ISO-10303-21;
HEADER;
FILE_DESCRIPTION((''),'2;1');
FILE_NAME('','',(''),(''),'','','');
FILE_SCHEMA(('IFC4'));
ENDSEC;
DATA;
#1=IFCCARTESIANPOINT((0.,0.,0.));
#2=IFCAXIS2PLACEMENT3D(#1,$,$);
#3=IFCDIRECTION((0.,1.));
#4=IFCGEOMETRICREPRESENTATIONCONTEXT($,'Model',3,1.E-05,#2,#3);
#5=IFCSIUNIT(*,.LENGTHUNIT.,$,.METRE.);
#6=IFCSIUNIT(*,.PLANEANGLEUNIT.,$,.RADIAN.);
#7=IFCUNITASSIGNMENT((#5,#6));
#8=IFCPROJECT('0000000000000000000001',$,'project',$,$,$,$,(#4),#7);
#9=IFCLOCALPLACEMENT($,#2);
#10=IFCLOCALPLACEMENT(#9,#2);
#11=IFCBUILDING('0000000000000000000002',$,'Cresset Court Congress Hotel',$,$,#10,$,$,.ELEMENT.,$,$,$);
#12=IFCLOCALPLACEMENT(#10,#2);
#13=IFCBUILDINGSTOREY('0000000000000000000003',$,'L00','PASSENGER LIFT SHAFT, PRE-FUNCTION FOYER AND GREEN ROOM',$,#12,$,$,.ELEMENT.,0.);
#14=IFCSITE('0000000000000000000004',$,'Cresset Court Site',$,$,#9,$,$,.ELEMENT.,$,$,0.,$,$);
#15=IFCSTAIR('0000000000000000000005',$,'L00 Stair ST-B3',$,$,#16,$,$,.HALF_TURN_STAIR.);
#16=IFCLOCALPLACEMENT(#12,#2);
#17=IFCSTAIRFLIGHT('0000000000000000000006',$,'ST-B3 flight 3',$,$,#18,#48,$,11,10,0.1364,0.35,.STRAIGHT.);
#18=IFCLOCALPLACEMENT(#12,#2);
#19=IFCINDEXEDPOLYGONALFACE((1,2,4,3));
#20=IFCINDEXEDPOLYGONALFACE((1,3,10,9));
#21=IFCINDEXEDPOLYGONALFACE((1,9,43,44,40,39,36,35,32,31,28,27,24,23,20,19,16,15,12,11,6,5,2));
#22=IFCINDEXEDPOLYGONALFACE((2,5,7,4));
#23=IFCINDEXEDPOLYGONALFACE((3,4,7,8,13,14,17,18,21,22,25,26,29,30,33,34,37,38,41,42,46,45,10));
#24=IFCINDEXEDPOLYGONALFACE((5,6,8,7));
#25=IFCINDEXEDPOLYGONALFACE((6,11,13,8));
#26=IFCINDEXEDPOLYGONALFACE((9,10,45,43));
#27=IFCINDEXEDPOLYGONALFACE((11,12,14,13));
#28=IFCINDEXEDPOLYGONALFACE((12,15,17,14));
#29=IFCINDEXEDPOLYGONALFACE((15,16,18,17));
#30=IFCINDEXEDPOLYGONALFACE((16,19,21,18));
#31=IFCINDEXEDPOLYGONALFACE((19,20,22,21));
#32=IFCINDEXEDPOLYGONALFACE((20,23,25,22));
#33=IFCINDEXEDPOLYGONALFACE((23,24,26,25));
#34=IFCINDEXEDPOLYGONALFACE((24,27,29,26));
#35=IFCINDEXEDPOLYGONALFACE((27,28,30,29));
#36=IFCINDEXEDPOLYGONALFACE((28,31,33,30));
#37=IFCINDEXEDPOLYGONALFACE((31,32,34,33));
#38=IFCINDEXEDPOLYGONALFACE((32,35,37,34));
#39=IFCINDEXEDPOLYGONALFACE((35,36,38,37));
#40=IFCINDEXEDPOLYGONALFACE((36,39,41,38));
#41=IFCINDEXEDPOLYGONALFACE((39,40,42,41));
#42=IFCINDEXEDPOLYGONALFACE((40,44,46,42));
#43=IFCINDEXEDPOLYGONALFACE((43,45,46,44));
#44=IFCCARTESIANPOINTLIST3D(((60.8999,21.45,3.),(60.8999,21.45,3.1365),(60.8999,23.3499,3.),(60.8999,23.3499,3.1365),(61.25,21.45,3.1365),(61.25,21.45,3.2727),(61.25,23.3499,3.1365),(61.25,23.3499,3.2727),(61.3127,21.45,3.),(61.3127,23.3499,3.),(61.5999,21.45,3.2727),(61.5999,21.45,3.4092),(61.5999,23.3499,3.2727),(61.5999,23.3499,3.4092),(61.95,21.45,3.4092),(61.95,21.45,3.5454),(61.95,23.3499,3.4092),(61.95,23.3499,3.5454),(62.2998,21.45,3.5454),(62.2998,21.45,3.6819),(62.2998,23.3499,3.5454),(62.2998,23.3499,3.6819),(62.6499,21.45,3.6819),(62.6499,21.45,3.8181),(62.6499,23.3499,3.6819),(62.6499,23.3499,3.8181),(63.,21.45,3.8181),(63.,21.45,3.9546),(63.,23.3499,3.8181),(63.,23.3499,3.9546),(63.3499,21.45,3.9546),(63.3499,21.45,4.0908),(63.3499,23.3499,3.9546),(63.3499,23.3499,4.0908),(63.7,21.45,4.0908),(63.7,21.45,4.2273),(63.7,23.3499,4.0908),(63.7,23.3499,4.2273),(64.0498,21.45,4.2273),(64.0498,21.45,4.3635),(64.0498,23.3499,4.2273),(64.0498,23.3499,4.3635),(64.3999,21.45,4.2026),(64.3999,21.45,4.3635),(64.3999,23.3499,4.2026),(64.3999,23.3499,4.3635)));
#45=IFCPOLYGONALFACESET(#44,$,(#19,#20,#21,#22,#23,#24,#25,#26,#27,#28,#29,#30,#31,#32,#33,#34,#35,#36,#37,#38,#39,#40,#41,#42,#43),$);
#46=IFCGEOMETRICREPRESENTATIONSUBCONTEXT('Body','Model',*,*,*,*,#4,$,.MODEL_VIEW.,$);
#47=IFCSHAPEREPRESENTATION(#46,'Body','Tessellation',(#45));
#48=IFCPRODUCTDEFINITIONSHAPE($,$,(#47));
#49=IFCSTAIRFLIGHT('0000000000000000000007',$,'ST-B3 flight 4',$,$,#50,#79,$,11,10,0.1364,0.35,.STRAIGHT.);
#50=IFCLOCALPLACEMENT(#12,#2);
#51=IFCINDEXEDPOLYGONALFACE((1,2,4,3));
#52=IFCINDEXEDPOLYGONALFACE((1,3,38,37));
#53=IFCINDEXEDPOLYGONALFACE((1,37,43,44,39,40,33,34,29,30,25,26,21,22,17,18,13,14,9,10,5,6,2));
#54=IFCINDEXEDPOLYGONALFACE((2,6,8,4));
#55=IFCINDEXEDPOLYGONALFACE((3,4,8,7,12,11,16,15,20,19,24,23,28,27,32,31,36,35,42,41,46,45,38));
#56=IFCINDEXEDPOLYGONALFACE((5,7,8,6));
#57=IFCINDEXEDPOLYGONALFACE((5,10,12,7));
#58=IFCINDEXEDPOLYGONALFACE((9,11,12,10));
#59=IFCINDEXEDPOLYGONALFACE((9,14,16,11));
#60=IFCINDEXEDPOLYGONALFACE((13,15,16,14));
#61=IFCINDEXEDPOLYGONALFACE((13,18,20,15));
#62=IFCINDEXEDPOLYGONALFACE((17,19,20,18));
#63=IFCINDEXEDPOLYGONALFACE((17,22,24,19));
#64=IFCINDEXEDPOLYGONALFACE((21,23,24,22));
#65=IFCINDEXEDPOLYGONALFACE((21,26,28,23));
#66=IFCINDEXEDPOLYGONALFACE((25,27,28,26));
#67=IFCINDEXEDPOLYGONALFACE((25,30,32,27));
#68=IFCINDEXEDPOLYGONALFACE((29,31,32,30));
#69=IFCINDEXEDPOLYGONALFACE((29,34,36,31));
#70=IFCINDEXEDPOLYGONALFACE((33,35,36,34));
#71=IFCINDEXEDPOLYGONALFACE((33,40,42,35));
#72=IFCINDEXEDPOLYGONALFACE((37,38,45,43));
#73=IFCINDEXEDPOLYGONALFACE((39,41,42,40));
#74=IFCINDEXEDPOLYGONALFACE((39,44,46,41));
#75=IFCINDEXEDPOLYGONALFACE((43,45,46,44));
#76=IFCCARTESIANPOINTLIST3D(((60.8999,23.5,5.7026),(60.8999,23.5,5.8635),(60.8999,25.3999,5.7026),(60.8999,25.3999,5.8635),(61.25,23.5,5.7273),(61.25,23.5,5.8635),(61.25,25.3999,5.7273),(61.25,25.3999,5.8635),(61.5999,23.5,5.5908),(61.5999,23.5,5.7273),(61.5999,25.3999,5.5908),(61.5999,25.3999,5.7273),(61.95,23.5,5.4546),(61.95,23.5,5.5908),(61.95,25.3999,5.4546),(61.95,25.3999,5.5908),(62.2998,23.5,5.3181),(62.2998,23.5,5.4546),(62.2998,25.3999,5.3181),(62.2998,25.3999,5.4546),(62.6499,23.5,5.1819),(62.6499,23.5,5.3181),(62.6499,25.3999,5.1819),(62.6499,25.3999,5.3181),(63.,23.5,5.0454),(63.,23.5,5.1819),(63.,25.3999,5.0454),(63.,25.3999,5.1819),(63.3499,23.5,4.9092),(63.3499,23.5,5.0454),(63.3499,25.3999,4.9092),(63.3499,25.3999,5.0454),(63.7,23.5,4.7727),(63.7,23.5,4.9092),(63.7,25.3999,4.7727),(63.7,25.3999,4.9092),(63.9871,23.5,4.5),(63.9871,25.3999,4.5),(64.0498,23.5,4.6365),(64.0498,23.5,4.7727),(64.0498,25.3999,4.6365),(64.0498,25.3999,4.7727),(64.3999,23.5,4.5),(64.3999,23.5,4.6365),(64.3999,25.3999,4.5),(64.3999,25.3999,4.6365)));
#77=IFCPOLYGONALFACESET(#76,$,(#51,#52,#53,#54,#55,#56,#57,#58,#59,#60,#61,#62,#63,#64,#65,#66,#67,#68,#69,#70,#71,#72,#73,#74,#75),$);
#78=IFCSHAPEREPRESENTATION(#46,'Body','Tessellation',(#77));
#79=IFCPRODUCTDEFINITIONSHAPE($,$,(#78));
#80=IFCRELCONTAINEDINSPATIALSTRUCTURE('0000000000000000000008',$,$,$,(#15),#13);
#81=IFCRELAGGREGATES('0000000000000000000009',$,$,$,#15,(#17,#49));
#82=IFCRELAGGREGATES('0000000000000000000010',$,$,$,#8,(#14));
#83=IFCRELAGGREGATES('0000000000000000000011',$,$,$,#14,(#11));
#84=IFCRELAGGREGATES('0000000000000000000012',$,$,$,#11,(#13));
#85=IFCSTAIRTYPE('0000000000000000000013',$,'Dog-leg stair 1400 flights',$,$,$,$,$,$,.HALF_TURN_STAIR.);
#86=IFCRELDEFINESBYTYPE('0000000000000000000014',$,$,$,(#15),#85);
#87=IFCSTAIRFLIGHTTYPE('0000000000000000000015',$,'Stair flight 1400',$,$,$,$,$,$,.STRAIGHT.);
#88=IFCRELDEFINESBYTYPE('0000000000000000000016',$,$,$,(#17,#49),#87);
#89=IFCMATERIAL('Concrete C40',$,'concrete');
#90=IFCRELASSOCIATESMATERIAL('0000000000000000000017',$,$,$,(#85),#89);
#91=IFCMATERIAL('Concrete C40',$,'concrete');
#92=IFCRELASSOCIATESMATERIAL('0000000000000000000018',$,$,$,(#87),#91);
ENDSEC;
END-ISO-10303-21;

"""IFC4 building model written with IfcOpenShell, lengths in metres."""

from ifc_helpers import new_model, si_unit, direction, frame, origin, place, context, subcontext, project, spatial, polyline, outline, extrude, material, type_object, element, aggregate, save


model = new_model("IFC4")

# Units and contexts
model_context = context("Model", 3, precision=1e-05, world=origin(), true_north=direction((0.0, 1.0)))
body_context = subcontext(model_context, "Body", "Model", "MODEL_VIEW")
ifc_project = project(units=[si_unit("LENGTHUNIT", "METRE"), si_unit("PLANEANGLEUNIT", "RADIAN")], contexts=[model_context])

# Site, building, storey
site_placement = place(None, origin())
site = spatial("IfcSite", under=ifc_project, at=site_placement, Name="Cresset Court Site", CompositionType="ELEMENT", RefElevation=0.0)
building_placement = place(site_placement, origin())
building = spatial("IfcBuilding", under=site, at=building_placement, Name="Cresset Court Congress Hotel", CompositionType="ELEMENT")
storey_placement = place(building_placement, origin())
storey = spatial("IfcBuildingStorey", under=building, at=storey_placement, Name="L00", Description="PASSENGER LIFT SHAFT, PRE-FUNCTION FOYER AND GREEN ROOM", CompositionType="ELEMENT", Elevation=0.0)

# Stair, stair flights
ifc_material_1 = material(Name="Concrete C40", Category="concrete")
stair_type = type_object("IfcStairType", Name="Dog-leg stair 1400 flights", PredefinedType="HALF_TURN_STAIR", material=ifc_material_1)
stair_placement = place(storey_placement, origin())
stair = element("IfcStair", 1, at=stair_placement, inside=storey, type_object=stair_type, Name="L00 Stair ST-B3", PredefinedType="HALF_TURN_STAIR")
ifc_material_2 = material(Name="Concrete C40", Category="concrete")
stair_flight_type = type_object("IfcStairFlightType", Name="Stair flight 1400", PredefinedType="STRAIGHT", material=ifc_material_2)
stair_flight_1_placement = place(storey_placement, frame((60.8999, 22.3999, 3.0), z_axis=(0.0, 0.0, 1.0), x_axis=(1.0, 0.0, 0.0)))
stair_flight_1 = element("IfcStairFlight", 2, at=stair_flight_1_placement, type_object=stair_flight_type, Name="ST-B3 flight 3", NumberOfRisers=11, NumberOfTreads=10, PredefinedType="STRAIGHT", RiserHeight=0.1364, TreadLength=0.35, context=body_context, shape_type="SweptSolid", body=[
    extrude(outline(polyline([(0.0, 0.0), (0.0, 0.1365), (0.3501, 0.1365), (0.3501, 0.2727), (0.7, 0.2727), (0.7, 0.4092), (1.05, 0.4092), (1.05, 0.5454), (1.3999, 0.5454), (1.3999, 0.6819), (1.75, 0.6819), (1.75, 0.8181), (2.1001, 0.8181), (2.1001, 0.9546), (2.45, 0.9546), (2.45, 1.0908), (2.8, 1.0908), (2.8, 1.2273), (3.1499, 1.2273), (3.1499, 1.3635), (3.5, 1.3635), (3.5, 1.5), (3.5, 1.2026), (0.4128, 0.0), (0.0, 0.0)])), frame((0.0, 0.95, 0.0), z_axis=(0.0, -1.0, 0.0), x_axis=(1.0, 0.0, 0.0)), (0.0, 0.0, 1.0), 1.8999),
])
stair_flight_2_placement = place(storey_placement, frame((64.3999, 24.45, 4.5), z_axis=(0.0, 0.0, 1.0), x_axis=(-1.0, 0.0, 0.0)))
stair_flight_2 = element("IfcStairFlight", 3, at=stair_flight_2_placement, type_object=stair_flight_type, Name="ST-B3 flight 4", NumberOfRisers=11, NumberOfTreads=10, PredefinedType="STRAIGHT", RiserHeight=0.1364, TreadLength=0.35, context=body_context, shape_type="SweptSolid", body=[
    extrude(outline(polyline([(0.0, 0.0), (0.0, 0.1365), (0.3501, 0.1365), (0.3501, 0.2727), (0.7, 0.2727), (0.7, 0.4092), (1.05, 0.4092), (1.05, 0.5454), (1.3999, 0.5454), (1.3999, 0.6819), (1.75, 0.6819), (1.75, 0.8181), (2.1001, 0.8181), (2.1001, 0.9546), (2.45, 0.9546), (2.45, 1.0908), (2.8, 1.0908), (2.8, 1.2273), (3.1499, 1.2273), (3.1499, 1.3635), (3.5, 1.3635), (3.5, 1.5), (3.5, 1.2026), (0.4128, 0.0), (0.0, 0.0)])), frame((0.0, 0.95, 0.0), z_axis=(0.0, -1.0, 0.0), x_axis=(1.0, 0.0, 0.0)), (0.0, 0.0, 1.0), 1.8999),
])
aggregate(stair, [stair_flight_1, stair_flight_2])

save(model, "model.ifc")
